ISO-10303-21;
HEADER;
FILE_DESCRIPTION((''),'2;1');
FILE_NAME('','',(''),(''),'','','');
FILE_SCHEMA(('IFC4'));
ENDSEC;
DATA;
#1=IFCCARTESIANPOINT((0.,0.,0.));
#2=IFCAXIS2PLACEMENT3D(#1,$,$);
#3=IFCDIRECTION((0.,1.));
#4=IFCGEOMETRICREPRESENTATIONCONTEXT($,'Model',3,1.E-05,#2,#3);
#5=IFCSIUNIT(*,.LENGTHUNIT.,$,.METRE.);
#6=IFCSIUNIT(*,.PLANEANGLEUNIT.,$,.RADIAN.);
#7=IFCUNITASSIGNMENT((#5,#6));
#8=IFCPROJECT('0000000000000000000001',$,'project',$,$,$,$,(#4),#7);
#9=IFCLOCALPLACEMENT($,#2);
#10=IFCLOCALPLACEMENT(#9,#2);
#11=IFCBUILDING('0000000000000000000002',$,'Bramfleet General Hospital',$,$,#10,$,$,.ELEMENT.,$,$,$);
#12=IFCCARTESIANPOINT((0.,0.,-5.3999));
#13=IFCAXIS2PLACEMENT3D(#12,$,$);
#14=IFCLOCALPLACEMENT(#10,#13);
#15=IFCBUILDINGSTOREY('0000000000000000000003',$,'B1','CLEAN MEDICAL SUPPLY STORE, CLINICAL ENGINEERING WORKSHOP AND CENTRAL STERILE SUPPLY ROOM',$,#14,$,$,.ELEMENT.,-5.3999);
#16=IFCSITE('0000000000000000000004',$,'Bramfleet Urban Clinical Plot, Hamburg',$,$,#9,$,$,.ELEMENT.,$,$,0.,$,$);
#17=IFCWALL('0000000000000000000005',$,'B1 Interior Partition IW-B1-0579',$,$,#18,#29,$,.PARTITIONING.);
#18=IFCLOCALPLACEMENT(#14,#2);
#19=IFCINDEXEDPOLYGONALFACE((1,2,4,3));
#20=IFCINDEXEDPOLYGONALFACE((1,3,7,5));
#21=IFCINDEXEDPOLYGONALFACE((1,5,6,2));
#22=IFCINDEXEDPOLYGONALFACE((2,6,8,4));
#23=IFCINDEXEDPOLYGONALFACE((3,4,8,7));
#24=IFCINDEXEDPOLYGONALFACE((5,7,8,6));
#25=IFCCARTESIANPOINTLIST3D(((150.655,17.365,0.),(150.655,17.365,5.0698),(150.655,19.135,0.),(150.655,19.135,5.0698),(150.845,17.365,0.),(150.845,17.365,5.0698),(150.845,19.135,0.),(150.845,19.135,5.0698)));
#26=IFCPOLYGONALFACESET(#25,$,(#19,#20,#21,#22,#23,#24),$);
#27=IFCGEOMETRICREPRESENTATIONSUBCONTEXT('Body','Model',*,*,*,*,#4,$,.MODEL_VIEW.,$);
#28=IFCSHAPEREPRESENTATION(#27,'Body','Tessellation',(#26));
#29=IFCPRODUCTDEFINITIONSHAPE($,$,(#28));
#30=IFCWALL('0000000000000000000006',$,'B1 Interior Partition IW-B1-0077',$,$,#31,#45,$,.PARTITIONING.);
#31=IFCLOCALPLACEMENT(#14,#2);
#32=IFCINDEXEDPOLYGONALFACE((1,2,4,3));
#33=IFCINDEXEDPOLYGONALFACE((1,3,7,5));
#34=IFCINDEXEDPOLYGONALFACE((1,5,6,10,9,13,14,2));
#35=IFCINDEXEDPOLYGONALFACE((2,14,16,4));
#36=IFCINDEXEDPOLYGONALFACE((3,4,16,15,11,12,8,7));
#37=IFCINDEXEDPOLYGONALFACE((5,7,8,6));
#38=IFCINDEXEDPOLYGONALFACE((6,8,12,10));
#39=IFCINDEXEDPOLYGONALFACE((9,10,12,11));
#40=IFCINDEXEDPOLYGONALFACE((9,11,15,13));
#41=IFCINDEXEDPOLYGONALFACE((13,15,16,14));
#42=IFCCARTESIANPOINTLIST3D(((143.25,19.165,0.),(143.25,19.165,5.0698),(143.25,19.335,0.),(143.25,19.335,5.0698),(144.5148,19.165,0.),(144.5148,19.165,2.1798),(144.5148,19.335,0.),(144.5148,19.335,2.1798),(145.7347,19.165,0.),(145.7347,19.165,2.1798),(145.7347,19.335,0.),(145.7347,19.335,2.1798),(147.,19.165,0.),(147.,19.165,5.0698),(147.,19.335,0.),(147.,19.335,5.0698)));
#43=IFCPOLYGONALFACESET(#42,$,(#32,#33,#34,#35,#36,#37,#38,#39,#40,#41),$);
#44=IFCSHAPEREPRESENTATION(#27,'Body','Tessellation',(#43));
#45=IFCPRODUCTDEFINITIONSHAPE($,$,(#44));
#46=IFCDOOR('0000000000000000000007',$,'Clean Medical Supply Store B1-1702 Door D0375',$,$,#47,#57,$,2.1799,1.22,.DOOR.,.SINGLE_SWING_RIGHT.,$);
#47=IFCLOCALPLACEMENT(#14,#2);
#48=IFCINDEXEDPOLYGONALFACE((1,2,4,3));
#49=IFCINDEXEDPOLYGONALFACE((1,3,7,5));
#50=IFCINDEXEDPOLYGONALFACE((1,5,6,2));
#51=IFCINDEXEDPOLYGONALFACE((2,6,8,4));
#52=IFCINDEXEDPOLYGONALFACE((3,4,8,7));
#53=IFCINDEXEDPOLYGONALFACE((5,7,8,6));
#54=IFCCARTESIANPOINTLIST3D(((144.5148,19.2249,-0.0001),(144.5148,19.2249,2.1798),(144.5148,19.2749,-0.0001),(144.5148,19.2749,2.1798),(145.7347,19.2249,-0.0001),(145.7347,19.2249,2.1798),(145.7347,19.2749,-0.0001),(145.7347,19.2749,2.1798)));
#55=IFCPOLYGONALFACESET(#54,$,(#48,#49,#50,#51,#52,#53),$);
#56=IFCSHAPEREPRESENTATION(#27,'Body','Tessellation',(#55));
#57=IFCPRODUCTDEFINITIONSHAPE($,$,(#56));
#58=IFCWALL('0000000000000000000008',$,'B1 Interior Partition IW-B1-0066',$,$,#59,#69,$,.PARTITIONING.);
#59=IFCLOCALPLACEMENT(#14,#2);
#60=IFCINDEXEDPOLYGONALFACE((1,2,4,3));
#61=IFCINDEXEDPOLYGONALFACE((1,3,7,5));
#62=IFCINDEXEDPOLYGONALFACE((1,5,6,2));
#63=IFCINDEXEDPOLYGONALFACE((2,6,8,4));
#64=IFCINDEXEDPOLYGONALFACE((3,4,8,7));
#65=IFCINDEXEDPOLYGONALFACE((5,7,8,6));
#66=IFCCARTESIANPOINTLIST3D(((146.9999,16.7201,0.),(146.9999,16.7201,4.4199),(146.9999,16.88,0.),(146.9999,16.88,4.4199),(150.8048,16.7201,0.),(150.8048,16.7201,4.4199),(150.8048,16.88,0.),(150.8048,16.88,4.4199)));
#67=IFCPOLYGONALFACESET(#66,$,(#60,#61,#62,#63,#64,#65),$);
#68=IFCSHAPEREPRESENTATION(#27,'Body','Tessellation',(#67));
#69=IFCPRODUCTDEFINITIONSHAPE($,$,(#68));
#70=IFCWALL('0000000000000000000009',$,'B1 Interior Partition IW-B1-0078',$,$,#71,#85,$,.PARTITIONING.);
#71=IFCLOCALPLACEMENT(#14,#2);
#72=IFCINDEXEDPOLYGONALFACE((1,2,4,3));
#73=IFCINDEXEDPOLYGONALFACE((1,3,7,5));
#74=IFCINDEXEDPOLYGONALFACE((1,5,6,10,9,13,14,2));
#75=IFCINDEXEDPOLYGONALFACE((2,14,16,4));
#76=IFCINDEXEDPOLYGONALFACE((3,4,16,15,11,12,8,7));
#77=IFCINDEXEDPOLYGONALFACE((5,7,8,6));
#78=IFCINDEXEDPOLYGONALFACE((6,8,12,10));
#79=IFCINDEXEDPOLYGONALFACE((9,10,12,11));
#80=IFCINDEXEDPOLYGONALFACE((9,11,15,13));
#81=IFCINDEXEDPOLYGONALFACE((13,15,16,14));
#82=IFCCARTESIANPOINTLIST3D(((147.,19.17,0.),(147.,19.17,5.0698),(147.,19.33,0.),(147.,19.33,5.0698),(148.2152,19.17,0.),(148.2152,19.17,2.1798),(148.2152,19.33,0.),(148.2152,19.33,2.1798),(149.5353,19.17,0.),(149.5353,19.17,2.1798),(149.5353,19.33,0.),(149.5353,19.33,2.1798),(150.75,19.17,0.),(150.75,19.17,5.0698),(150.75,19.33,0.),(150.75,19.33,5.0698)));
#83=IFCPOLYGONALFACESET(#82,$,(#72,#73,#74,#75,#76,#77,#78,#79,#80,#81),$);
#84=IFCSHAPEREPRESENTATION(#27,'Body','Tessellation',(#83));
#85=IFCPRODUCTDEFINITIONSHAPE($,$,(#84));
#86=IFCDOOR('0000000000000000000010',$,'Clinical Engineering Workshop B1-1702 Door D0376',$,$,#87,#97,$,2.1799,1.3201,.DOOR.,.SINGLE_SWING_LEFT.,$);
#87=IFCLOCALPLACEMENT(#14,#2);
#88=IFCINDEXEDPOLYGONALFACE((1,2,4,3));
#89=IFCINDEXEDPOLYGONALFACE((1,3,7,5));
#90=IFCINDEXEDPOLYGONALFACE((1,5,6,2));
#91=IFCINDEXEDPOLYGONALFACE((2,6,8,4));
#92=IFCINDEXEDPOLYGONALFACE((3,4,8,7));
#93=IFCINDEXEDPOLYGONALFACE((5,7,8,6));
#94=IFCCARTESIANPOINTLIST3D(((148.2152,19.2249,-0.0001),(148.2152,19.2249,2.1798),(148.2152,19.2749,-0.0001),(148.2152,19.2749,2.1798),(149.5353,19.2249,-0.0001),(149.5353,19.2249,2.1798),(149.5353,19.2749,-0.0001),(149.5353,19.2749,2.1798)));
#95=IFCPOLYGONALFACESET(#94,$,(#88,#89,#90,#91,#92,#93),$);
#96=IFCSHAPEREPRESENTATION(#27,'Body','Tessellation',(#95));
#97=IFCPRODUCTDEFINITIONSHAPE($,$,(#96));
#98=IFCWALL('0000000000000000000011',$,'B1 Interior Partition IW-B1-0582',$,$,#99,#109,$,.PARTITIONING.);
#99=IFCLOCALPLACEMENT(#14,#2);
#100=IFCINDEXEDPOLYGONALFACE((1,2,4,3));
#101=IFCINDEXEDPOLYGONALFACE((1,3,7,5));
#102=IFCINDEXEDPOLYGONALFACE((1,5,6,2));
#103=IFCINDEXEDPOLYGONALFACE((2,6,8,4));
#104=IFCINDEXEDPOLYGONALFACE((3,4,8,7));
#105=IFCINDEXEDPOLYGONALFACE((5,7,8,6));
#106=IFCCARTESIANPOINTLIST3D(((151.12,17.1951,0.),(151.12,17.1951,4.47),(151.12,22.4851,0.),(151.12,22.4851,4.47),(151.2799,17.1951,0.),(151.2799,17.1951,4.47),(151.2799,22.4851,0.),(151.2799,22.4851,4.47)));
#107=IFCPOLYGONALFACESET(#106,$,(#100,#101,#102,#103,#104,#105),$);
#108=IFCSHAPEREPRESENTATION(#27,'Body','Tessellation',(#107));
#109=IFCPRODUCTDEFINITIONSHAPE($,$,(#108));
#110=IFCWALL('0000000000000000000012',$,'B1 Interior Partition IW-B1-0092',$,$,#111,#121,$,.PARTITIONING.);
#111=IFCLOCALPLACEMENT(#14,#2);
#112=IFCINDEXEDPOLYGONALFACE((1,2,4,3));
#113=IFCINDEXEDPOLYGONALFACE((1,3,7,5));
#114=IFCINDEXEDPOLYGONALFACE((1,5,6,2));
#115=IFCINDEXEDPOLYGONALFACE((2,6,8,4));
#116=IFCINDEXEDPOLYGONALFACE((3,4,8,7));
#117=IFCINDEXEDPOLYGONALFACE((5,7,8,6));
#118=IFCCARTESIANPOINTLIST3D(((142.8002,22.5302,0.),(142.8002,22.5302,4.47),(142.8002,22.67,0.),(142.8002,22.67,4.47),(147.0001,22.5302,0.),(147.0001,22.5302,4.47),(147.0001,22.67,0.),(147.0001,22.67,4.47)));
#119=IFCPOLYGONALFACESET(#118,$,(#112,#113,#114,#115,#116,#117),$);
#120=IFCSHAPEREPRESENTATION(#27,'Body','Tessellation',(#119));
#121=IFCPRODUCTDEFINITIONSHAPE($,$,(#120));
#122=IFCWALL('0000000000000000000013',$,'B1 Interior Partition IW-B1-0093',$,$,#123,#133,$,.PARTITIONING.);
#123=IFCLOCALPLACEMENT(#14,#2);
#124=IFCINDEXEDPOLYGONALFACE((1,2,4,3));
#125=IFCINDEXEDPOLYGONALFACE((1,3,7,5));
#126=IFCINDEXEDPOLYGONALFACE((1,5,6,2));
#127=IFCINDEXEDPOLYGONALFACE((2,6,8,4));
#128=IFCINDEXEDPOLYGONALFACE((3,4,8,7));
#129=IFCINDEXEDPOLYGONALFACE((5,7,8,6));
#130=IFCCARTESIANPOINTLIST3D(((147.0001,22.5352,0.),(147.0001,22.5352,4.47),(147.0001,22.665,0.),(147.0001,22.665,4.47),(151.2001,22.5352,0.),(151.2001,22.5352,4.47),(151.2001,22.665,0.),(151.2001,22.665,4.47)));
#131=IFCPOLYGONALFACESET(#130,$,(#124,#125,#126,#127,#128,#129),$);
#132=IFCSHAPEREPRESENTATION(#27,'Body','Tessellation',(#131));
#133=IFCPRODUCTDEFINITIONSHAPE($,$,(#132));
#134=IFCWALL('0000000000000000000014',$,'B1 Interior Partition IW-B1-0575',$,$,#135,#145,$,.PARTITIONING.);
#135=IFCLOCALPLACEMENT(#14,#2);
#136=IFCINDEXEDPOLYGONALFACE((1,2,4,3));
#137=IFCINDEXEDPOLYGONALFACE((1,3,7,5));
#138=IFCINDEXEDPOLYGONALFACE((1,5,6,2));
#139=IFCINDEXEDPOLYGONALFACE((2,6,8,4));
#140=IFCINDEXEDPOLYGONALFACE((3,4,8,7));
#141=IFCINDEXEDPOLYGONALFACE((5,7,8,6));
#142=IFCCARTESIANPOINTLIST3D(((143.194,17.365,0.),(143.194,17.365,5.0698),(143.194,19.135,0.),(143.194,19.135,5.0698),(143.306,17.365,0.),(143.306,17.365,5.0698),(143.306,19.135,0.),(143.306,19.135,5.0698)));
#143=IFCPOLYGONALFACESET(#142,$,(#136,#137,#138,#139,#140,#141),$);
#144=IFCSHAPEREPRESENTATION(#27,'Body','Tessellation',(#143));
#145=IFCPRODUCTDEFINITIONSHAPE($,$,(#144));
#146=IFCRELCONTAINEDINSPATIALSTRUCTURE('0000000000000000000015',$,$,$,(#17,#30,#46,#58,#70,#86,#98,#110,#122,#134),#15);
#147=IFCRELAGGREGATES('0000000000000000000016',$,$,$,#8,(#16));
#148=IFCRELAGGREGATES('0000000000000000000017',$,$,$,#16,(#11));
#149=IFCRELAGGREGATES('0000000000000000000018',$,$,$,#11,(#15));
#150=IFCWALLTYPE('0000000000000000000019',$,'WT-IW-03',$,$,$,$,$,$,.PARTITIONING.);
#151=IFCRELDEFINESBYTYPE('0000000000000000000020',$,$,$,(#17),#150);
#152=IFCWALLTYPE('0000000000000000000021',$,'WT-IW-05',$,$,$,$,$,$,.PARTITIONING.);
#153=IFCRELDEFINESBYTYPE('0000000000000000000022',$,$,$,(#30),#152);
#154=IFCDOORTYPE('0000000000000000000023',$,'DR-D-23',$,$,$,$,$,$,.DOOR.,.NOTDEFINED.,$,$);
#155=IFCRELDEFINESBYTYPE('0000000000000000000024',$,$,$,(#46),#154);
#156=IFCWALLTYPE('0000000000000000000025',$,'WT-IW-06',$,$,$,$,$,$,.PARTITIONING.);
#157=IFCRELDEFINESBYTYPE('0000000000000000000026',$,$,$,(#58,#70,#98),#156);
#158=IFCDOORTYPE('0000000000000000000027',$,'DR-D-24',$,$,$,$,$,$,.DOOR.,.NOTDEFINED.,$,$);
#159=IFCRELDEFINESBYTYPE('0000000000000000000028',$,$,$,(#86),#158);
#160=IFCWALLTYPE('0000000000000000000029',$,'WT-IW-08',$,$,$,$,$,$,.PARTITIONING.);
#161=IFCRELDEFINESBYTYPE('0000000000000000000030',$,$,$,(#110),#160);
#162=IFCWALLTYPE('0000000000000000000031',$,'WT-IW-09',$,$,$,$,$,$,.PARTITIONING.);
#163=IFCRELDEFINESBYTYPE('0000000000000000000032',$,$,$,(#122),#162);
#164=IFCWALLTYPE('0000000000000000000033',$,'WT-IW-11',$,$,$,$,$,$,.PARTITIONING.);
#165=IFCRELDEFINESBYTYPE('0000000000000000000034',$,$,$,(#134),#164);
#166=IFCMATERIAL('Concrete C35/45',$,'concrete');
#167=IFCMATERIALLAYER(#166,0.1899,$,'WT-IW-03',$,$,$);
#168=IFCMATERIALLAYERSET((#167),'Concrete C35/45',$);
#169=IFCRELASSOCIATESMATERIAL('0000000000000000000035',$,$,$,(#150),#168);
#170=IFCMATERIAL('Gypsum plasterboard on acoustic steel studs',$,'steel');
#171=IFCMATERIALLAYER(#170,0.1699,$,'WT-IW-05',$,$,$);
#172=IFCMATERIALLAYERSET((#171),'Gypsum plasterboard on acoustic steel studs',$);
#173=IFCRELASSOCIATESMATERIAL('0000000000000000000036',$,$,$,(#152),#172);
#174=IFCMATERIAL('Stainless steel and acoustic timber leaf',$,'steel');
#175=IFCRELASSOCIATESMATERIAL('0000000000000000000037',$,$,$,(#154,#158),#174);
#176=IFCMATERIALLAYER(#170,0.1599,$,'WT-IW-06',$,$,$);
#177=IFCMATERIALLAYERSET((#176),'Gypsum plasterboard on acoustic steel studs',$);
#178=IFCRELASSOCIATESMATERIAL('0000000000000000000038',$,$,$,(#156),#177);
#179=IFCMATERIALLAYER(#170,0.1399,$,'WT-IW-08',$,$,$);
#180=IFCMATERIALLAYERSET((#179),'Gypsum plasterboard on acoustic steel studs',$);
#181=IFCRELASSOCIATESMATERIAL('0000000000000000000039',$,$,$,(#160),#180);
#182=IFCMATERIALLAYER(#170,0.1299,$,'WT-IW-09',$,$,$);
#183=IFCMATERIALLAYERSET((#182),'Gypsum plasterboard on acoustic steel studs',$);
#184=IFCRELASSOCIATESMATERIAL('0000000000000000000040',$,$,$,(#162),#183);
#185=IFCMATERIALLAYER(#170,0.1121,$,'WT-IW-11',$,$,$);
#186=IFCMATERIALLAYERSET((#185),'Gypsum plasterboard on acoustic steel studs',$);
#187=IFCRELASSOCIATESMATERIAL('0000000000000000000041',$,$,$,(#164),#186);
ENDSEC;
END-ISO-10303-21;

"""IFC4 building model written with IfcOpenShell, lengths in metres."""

from ifc_helpers import new_model, si_unit, direction, frame, frame_2d, origin, place, context, subcontext, project, spatial, rectangle, extrude, material, layer, layer_set, type_object, element, fill, save


model = new_model("IFC4")

# Units and contexts
model_context = context("Model", 3, precision=1e-05, world=origin(), true_north=direction((0.0, 1.0)))
body_context = subcontext(model_context, "Body", "Model", "MODEL_VIEW")
ifc_project = project(units=[si_unit("LENGTHUNIT", "METRE"), si_unit("PLANEANGLEUNIT", "RADIAN")], contexts=[model_context])

# Site, building, storey
site_placement = place(None, origin())
site = spatial("IfcSite", under=ifc_project, at=site_placement, Name="Bramfleet Urban Clinical Plot, Hamburg", CompositionType="ELEMENT", RefElevation=0.0)
building_placement = place(site_placement, origin())
building = spatial("IfcBuilding", under=site, at=building_placement, Name="Bramfleet General Hospital", CompositionType="ELEMENT")
storey_placement = place(building_placement, frame((0.0, 0.0, -5.3999)))
storey = spatial("IfcBuildingStorey", under=building, at=storey_placement, Name="B1", Description="CLEAN MEDICAL SUPPLY STORE, CLINICAL ENGINEERING WORKSHOP AND CENTRAL STERILE SUPPLY ROOM", CompositionType="ELEMENT", Elevation=-5.3999)

# Shared definitions
ifc_material_1 = material(Name="Concrete C35/45", Category="concrete")

# Wall
ifc_layer_1 = layer(ifc_material_1, 0.1899, Name="WT-IW-03")
ifc_layer_set_1 = layer_set([ifc_layer_1], Name="Concrete C35/45")
wall_type_1 = type_object("IfcWallType", Name="WT-IW-03", PredefinedType="PARTITIONING", material=ifc_layer_set_1)
wall_1_placement = place(storey_placement, frame((150.75, 17.365, 0.0), z_axis=(0.0, 0.0, 1.0), x_axis=(0.0, 1.0, 0.0)))
element("IfcWall", 1, at=wall_1_placement, inside=storey, type_object=wall_type_1, Name="B1 Interior Partition IW-B1-0579", PredefinedType="PARTITIONING", context=body_context, shape_type="SweptSolid", body=[
    extrude(rectangle(XDim=1.77, YDim=0.1899, at=frame_2d((0.885, 0.0))), origin(), (0.0, 0.0, 1.0), 5.0698),
])

# Wall, opening, door
ifc_material_2 = material(Name="Gypsum plasterboard on acoustic steel studs", Category="steel")
ifc_layer_2 = layer(ifc_material_2, 0.1699, Name="WT-IW-05")
ifc_layer_set_2 = layer_set([ifc_layer_2], Name="Gypsum plasterboard on acoustic steel studs")
wall_type_2 = type_object("IfcWallType", Name="WT-IW-05", PredefinedType="PARTITIONING", material=ifc_layer_set_2)
wall_2_placement = place(storey_placement, frame((143.25, 19.25, 0.0), z_axis=(0.0, 0.0, 1.0), x_axis=(1.0, 0.0, 0.0)))
wall_2 = element("IfcWall", 2, at=wall_2_placement, inside=storey, type_object=wall_type_2, Name="B1 Interior Partition IW-B1-0077", PredefinedType="PARTITIONING", context=body_context, shape_type="SweptSolid", body=[
    extrude(rectangle(XDim=3.75, YDim=0.1699, at=frame_2d((1.875, 0.0))), origin(), (0.0, 0.0, 1.0), 5.0698),
])
opening_1_placement = place(wall_2_placement, frame((1.2649, 0.0, 0.0)))
opening_1 = element("IfcOpeningElement", 3, at=opening_1_placement, cuts=wall_2, PredefinedType="OPENING", context=body_context, shape_type="SweptSolid", body=[
    extrude(rectangle(XDim=1.22, YDim=2.1799, at=frame_2d((0.6099, 1.0898))), frame((0.0, 0.095, 0.0), z_axis=(0.0, -1.0, 0.0), x_axis=(1.0, 0.0, 0.0)), (0.0, 0.0, 1.0), 0.1899),
])
ifc_material_3 = material(Name="Stainless steel and acoustic timber leaf", Category="steel")
door_type_1 = type_object("IfcDoorType", Name="DR-D-23", OperationType="NOTDEFINED", PredefinedType="DOOR", material=ifc_material_3)
door_1_placement = place(opening_1_placement, origin())
door_1 = element("IfcDoor", 4, at=door_1_placement, inside=storey, type_object=door_type_1, Name="Clean Medical Supply Store B1-1702 Door D0375", OperationType="SINGLE_SWING_RIGHT", OverallHeight=2.1799, OverallWidth=1.22, PredefinedType="DOOR", context=body_context, shape_type="SweptSolid", body=[
    extrude(rectangle(XDim=1.22, YDim=2.1799, at=frame_2d((0.6099, 1.0898))), frame((0.0, 0.0249, 0.0), z_axis=(0.0, -1.0, 0.0), x_axis=(1.0, 0.0, 0.0)), (0.0, 0.0, 1.0), 0.05),
])
fill(opening_1, door_1)

# Wall
ifc_layer_3 = layer(ifc_material_2, 0.1599, Name="WT-IW-06")
ifc_layer_set_3 = layer_set([ifc_layer_3], Name="Gypsum plasterboard on acoustic steel studs")
wall_type_3 = type_object("IfcWallType", Name="WT-IW-06", PredefinedType="PARTITIONING", material=ifc_layer_set_3)
wall_3_placement = place(storey_placement, frame((147.0, 16.8, 0.0), z_axis=(0.0, 0.0, 1.0), x_axis=(1.0, 0.0, 0.0)))
element("IfcWall", 5, at=wall_3_placement, inside=storey, type_object=wall_type_3, Name="B1 Interior Partition IW-B1-0066", PredefinedType="PARTITIONING", context=body_context, shape_type="SweptSolid", body=[
    extrude(rectangle(XDim=3.8049, YDim=0.1599, at=frame_2d((1.9023, 0.0))), origin(), (0.0, 0.0, 1.0), 4.4199),
])

# Wall, opening, door
wall_4_placement = place(storey_placement, frame((147.0, 19.25, 0.0), z_axis=(0.0, 0.0, 1.0), x_axis=(1.0, 0.0, 0.0)))
wall_4 = element("IfcWall", 6, at=wall_4_placement, inside=storey, type_object=wall_type_3, Name="B1 Interior Partition IW-B1-0078", PredefinedType="PARTITIONING", context=body_context, shape_type="SweptSolid", body=[
    extrude(rectangle(XDim=3.75, YDim=0.1599, at=frame_2d((1.875, 0.0))), origin(), (0.0, 0.0, 1.0), 5.0698),
])
opening_2_placement = place(wall_4_placement, frame((1.2151, 0.0, 0.0)))
opening_2 = element("IfcOpeningElement", 7, at=opening_2_placement, cuts=wall_4, PredefinedType="OPENING", context=body_context, shape_type="SweptSolid", body=[
    extrude(rectangle(XDim=1.3201, YDim=2.1799, at=frame_2d((0.6602, 1.0898))), frame((0.0, 0.0898, 0.0), z_axis=(0.0, -1.0, 0.0), x_axis=(1.0, 0.0, 0.0)), (0.0, 0.0, 1.0), 0.1799),
])
door_type_2 = type_object("IfcDoorType", Name="DR-D-24", OperationType="NOTDEFINED", PredefinedType="DOOR", material=ifc_material_3)
door_2_placement = place(opening_2_placement, origin())
door_2 = element("IfcDoor", 8, at=door_2_placement, inside=storey, type_object=door_type_2, Name="Clinical Engineering Workshop B1-1702 Door D0376", OperationType="SINGLE_SWING_LEFT", OverallHeight=2.1799, OverallWidth=1.3201, PredefinedType="DOOR", context=body_context, shape_type="SweptSolid", body=[
    extrude(rectangle(XDim=1.3201, YDim=2.1799, at=frame_2d((0.6602, 1.0898))), frame((0.0, 0.0249, 0.0), z_axis=(0.0, -1.0, 0.0), x_axis=(1.0, 0.0, 0.0)), (0.0, 0.0, 1.0), 0.05),
])
fill(opening_2, door_2)

# Walls
wall_5_placement = place(storey_placement, frame((151.2, 17.1951, 0.0), z_axis=(0.0, 0.0, 1.0), x_axis=(0.0, 1.0, 0.0)))
element("IfcWall", 9, at=wall_5_placement, inside=storey, type_object=wall_type_3, Name="B1 Interior Partition IW-B1-0582", PredefinedType="PARTITIONING", context=body_context, shape_type="SweptSolid", body=[
    extrude(rectangle(XDim=5.29, YDim=0.1599, at=frame_2d((2.645, 0.0))), origin(), (0.0, 0.0, 1.0), 4.47),
])
ifc_layer_4 = layer(ifc_material_2, 0.1399, Name="WT-IW-08")
ifc_layer_set_4 = layer_set([ifc_layer_4], Name="Gypsum plasterboard on acoustic steel studs")
wall_type_4 = type_object("IfcWallType", Name="WT-IW-08", PredefinedType="PARTITIONING", material=ifc_layer_set_4)
wall_6_placement = place(storey_placement, frame((142.8, 22.6001, 0.0), z_axis=(0.0, 0.0, 1.0), x_axis=(1.0, 0.0, 0.0)))
element("IfcWall", 10, at=wall_6_placement, inside=storey, type_object=wall_type_4, Name="B1 Interior Partition IW-B1-0092", PredefinedType="PARTITIONING", context=body_context, shape_type="SweptSolid", body=[
    extrude(rectangle(XDim=4.2, YDim=0.1399, at=frame_2d((2.1001, 0.0))), origin(), (0.0, 0.0, 1.0), 4.47),
])
ifc_layer_5 = layer(ifc_material_2, 0.1299, Name="WT-IW-09")
ifc_layer_set_5 = layer_set([ifc_layer_5], Name="Gypsum plasterboard on acoustic steel studs")
wall_type_5 = type_object("IfcWallType", Name="WT-IW-09", PredefinedType="PARTITIONING", material=ifc_layer_set_5)
wall_7_placement = place(storey_placement, frame((147.0, 22.6001, 0.0), z_axis=(0.0, 0.0, 1.0), x_axis=(1.0, 0.0, 0.0)))
element("IfcWall", 11, at=wall_7_placement, inside=storey, type_object=wall_type_5, Name="B1 Interior Partition IW-B1-0093", PredefinedType="PARTITIONING", context=body_context, shape_type="SweptSolid", body=[
    extrude(rectangle(XDim=4.2, YDim=0.1299, at=frame_2d((2.1001, 0.0))), origin(), (0.0, 0.0, 1.0), 4.47),
])
ifc_layer_6 = layer(ifc_material_2, 0.1121, Name="WT-IW-11")
ifc_layer_set_6 = layer_set([ifc_layer_6], Name="Gypsum plasterboard on acoustic steel studs")
wall_type_6 = type_object("IfcWallType", Name="WT-IW-11", PredefinedType="PARTITIONING", material=ifc_layer_set_6)
wall_8_placement = place(storey_placement, frame((143.25, 17.365, 0.0), z_axis=(0.0, 0.0, 1.0), x_axis=(0.0, 1.0, 0.0)))
element("IfcWall", 12, at=wall_8_placement, inside=storey, type_object=wall_type_6, Name="B1 Interior Partition IW-B1-0575", PredefinedType="PARTITIONING", context=body_context, shape_type="SweptSolid", body=[
    extrude(rectangle(XDim=1.77, YDim=0.1121, at=frame_2d((0.885, 0.0))), origin(), (0.0, 0.0, 1.0), 5.0698),
])

save(model, "model.ifc")
